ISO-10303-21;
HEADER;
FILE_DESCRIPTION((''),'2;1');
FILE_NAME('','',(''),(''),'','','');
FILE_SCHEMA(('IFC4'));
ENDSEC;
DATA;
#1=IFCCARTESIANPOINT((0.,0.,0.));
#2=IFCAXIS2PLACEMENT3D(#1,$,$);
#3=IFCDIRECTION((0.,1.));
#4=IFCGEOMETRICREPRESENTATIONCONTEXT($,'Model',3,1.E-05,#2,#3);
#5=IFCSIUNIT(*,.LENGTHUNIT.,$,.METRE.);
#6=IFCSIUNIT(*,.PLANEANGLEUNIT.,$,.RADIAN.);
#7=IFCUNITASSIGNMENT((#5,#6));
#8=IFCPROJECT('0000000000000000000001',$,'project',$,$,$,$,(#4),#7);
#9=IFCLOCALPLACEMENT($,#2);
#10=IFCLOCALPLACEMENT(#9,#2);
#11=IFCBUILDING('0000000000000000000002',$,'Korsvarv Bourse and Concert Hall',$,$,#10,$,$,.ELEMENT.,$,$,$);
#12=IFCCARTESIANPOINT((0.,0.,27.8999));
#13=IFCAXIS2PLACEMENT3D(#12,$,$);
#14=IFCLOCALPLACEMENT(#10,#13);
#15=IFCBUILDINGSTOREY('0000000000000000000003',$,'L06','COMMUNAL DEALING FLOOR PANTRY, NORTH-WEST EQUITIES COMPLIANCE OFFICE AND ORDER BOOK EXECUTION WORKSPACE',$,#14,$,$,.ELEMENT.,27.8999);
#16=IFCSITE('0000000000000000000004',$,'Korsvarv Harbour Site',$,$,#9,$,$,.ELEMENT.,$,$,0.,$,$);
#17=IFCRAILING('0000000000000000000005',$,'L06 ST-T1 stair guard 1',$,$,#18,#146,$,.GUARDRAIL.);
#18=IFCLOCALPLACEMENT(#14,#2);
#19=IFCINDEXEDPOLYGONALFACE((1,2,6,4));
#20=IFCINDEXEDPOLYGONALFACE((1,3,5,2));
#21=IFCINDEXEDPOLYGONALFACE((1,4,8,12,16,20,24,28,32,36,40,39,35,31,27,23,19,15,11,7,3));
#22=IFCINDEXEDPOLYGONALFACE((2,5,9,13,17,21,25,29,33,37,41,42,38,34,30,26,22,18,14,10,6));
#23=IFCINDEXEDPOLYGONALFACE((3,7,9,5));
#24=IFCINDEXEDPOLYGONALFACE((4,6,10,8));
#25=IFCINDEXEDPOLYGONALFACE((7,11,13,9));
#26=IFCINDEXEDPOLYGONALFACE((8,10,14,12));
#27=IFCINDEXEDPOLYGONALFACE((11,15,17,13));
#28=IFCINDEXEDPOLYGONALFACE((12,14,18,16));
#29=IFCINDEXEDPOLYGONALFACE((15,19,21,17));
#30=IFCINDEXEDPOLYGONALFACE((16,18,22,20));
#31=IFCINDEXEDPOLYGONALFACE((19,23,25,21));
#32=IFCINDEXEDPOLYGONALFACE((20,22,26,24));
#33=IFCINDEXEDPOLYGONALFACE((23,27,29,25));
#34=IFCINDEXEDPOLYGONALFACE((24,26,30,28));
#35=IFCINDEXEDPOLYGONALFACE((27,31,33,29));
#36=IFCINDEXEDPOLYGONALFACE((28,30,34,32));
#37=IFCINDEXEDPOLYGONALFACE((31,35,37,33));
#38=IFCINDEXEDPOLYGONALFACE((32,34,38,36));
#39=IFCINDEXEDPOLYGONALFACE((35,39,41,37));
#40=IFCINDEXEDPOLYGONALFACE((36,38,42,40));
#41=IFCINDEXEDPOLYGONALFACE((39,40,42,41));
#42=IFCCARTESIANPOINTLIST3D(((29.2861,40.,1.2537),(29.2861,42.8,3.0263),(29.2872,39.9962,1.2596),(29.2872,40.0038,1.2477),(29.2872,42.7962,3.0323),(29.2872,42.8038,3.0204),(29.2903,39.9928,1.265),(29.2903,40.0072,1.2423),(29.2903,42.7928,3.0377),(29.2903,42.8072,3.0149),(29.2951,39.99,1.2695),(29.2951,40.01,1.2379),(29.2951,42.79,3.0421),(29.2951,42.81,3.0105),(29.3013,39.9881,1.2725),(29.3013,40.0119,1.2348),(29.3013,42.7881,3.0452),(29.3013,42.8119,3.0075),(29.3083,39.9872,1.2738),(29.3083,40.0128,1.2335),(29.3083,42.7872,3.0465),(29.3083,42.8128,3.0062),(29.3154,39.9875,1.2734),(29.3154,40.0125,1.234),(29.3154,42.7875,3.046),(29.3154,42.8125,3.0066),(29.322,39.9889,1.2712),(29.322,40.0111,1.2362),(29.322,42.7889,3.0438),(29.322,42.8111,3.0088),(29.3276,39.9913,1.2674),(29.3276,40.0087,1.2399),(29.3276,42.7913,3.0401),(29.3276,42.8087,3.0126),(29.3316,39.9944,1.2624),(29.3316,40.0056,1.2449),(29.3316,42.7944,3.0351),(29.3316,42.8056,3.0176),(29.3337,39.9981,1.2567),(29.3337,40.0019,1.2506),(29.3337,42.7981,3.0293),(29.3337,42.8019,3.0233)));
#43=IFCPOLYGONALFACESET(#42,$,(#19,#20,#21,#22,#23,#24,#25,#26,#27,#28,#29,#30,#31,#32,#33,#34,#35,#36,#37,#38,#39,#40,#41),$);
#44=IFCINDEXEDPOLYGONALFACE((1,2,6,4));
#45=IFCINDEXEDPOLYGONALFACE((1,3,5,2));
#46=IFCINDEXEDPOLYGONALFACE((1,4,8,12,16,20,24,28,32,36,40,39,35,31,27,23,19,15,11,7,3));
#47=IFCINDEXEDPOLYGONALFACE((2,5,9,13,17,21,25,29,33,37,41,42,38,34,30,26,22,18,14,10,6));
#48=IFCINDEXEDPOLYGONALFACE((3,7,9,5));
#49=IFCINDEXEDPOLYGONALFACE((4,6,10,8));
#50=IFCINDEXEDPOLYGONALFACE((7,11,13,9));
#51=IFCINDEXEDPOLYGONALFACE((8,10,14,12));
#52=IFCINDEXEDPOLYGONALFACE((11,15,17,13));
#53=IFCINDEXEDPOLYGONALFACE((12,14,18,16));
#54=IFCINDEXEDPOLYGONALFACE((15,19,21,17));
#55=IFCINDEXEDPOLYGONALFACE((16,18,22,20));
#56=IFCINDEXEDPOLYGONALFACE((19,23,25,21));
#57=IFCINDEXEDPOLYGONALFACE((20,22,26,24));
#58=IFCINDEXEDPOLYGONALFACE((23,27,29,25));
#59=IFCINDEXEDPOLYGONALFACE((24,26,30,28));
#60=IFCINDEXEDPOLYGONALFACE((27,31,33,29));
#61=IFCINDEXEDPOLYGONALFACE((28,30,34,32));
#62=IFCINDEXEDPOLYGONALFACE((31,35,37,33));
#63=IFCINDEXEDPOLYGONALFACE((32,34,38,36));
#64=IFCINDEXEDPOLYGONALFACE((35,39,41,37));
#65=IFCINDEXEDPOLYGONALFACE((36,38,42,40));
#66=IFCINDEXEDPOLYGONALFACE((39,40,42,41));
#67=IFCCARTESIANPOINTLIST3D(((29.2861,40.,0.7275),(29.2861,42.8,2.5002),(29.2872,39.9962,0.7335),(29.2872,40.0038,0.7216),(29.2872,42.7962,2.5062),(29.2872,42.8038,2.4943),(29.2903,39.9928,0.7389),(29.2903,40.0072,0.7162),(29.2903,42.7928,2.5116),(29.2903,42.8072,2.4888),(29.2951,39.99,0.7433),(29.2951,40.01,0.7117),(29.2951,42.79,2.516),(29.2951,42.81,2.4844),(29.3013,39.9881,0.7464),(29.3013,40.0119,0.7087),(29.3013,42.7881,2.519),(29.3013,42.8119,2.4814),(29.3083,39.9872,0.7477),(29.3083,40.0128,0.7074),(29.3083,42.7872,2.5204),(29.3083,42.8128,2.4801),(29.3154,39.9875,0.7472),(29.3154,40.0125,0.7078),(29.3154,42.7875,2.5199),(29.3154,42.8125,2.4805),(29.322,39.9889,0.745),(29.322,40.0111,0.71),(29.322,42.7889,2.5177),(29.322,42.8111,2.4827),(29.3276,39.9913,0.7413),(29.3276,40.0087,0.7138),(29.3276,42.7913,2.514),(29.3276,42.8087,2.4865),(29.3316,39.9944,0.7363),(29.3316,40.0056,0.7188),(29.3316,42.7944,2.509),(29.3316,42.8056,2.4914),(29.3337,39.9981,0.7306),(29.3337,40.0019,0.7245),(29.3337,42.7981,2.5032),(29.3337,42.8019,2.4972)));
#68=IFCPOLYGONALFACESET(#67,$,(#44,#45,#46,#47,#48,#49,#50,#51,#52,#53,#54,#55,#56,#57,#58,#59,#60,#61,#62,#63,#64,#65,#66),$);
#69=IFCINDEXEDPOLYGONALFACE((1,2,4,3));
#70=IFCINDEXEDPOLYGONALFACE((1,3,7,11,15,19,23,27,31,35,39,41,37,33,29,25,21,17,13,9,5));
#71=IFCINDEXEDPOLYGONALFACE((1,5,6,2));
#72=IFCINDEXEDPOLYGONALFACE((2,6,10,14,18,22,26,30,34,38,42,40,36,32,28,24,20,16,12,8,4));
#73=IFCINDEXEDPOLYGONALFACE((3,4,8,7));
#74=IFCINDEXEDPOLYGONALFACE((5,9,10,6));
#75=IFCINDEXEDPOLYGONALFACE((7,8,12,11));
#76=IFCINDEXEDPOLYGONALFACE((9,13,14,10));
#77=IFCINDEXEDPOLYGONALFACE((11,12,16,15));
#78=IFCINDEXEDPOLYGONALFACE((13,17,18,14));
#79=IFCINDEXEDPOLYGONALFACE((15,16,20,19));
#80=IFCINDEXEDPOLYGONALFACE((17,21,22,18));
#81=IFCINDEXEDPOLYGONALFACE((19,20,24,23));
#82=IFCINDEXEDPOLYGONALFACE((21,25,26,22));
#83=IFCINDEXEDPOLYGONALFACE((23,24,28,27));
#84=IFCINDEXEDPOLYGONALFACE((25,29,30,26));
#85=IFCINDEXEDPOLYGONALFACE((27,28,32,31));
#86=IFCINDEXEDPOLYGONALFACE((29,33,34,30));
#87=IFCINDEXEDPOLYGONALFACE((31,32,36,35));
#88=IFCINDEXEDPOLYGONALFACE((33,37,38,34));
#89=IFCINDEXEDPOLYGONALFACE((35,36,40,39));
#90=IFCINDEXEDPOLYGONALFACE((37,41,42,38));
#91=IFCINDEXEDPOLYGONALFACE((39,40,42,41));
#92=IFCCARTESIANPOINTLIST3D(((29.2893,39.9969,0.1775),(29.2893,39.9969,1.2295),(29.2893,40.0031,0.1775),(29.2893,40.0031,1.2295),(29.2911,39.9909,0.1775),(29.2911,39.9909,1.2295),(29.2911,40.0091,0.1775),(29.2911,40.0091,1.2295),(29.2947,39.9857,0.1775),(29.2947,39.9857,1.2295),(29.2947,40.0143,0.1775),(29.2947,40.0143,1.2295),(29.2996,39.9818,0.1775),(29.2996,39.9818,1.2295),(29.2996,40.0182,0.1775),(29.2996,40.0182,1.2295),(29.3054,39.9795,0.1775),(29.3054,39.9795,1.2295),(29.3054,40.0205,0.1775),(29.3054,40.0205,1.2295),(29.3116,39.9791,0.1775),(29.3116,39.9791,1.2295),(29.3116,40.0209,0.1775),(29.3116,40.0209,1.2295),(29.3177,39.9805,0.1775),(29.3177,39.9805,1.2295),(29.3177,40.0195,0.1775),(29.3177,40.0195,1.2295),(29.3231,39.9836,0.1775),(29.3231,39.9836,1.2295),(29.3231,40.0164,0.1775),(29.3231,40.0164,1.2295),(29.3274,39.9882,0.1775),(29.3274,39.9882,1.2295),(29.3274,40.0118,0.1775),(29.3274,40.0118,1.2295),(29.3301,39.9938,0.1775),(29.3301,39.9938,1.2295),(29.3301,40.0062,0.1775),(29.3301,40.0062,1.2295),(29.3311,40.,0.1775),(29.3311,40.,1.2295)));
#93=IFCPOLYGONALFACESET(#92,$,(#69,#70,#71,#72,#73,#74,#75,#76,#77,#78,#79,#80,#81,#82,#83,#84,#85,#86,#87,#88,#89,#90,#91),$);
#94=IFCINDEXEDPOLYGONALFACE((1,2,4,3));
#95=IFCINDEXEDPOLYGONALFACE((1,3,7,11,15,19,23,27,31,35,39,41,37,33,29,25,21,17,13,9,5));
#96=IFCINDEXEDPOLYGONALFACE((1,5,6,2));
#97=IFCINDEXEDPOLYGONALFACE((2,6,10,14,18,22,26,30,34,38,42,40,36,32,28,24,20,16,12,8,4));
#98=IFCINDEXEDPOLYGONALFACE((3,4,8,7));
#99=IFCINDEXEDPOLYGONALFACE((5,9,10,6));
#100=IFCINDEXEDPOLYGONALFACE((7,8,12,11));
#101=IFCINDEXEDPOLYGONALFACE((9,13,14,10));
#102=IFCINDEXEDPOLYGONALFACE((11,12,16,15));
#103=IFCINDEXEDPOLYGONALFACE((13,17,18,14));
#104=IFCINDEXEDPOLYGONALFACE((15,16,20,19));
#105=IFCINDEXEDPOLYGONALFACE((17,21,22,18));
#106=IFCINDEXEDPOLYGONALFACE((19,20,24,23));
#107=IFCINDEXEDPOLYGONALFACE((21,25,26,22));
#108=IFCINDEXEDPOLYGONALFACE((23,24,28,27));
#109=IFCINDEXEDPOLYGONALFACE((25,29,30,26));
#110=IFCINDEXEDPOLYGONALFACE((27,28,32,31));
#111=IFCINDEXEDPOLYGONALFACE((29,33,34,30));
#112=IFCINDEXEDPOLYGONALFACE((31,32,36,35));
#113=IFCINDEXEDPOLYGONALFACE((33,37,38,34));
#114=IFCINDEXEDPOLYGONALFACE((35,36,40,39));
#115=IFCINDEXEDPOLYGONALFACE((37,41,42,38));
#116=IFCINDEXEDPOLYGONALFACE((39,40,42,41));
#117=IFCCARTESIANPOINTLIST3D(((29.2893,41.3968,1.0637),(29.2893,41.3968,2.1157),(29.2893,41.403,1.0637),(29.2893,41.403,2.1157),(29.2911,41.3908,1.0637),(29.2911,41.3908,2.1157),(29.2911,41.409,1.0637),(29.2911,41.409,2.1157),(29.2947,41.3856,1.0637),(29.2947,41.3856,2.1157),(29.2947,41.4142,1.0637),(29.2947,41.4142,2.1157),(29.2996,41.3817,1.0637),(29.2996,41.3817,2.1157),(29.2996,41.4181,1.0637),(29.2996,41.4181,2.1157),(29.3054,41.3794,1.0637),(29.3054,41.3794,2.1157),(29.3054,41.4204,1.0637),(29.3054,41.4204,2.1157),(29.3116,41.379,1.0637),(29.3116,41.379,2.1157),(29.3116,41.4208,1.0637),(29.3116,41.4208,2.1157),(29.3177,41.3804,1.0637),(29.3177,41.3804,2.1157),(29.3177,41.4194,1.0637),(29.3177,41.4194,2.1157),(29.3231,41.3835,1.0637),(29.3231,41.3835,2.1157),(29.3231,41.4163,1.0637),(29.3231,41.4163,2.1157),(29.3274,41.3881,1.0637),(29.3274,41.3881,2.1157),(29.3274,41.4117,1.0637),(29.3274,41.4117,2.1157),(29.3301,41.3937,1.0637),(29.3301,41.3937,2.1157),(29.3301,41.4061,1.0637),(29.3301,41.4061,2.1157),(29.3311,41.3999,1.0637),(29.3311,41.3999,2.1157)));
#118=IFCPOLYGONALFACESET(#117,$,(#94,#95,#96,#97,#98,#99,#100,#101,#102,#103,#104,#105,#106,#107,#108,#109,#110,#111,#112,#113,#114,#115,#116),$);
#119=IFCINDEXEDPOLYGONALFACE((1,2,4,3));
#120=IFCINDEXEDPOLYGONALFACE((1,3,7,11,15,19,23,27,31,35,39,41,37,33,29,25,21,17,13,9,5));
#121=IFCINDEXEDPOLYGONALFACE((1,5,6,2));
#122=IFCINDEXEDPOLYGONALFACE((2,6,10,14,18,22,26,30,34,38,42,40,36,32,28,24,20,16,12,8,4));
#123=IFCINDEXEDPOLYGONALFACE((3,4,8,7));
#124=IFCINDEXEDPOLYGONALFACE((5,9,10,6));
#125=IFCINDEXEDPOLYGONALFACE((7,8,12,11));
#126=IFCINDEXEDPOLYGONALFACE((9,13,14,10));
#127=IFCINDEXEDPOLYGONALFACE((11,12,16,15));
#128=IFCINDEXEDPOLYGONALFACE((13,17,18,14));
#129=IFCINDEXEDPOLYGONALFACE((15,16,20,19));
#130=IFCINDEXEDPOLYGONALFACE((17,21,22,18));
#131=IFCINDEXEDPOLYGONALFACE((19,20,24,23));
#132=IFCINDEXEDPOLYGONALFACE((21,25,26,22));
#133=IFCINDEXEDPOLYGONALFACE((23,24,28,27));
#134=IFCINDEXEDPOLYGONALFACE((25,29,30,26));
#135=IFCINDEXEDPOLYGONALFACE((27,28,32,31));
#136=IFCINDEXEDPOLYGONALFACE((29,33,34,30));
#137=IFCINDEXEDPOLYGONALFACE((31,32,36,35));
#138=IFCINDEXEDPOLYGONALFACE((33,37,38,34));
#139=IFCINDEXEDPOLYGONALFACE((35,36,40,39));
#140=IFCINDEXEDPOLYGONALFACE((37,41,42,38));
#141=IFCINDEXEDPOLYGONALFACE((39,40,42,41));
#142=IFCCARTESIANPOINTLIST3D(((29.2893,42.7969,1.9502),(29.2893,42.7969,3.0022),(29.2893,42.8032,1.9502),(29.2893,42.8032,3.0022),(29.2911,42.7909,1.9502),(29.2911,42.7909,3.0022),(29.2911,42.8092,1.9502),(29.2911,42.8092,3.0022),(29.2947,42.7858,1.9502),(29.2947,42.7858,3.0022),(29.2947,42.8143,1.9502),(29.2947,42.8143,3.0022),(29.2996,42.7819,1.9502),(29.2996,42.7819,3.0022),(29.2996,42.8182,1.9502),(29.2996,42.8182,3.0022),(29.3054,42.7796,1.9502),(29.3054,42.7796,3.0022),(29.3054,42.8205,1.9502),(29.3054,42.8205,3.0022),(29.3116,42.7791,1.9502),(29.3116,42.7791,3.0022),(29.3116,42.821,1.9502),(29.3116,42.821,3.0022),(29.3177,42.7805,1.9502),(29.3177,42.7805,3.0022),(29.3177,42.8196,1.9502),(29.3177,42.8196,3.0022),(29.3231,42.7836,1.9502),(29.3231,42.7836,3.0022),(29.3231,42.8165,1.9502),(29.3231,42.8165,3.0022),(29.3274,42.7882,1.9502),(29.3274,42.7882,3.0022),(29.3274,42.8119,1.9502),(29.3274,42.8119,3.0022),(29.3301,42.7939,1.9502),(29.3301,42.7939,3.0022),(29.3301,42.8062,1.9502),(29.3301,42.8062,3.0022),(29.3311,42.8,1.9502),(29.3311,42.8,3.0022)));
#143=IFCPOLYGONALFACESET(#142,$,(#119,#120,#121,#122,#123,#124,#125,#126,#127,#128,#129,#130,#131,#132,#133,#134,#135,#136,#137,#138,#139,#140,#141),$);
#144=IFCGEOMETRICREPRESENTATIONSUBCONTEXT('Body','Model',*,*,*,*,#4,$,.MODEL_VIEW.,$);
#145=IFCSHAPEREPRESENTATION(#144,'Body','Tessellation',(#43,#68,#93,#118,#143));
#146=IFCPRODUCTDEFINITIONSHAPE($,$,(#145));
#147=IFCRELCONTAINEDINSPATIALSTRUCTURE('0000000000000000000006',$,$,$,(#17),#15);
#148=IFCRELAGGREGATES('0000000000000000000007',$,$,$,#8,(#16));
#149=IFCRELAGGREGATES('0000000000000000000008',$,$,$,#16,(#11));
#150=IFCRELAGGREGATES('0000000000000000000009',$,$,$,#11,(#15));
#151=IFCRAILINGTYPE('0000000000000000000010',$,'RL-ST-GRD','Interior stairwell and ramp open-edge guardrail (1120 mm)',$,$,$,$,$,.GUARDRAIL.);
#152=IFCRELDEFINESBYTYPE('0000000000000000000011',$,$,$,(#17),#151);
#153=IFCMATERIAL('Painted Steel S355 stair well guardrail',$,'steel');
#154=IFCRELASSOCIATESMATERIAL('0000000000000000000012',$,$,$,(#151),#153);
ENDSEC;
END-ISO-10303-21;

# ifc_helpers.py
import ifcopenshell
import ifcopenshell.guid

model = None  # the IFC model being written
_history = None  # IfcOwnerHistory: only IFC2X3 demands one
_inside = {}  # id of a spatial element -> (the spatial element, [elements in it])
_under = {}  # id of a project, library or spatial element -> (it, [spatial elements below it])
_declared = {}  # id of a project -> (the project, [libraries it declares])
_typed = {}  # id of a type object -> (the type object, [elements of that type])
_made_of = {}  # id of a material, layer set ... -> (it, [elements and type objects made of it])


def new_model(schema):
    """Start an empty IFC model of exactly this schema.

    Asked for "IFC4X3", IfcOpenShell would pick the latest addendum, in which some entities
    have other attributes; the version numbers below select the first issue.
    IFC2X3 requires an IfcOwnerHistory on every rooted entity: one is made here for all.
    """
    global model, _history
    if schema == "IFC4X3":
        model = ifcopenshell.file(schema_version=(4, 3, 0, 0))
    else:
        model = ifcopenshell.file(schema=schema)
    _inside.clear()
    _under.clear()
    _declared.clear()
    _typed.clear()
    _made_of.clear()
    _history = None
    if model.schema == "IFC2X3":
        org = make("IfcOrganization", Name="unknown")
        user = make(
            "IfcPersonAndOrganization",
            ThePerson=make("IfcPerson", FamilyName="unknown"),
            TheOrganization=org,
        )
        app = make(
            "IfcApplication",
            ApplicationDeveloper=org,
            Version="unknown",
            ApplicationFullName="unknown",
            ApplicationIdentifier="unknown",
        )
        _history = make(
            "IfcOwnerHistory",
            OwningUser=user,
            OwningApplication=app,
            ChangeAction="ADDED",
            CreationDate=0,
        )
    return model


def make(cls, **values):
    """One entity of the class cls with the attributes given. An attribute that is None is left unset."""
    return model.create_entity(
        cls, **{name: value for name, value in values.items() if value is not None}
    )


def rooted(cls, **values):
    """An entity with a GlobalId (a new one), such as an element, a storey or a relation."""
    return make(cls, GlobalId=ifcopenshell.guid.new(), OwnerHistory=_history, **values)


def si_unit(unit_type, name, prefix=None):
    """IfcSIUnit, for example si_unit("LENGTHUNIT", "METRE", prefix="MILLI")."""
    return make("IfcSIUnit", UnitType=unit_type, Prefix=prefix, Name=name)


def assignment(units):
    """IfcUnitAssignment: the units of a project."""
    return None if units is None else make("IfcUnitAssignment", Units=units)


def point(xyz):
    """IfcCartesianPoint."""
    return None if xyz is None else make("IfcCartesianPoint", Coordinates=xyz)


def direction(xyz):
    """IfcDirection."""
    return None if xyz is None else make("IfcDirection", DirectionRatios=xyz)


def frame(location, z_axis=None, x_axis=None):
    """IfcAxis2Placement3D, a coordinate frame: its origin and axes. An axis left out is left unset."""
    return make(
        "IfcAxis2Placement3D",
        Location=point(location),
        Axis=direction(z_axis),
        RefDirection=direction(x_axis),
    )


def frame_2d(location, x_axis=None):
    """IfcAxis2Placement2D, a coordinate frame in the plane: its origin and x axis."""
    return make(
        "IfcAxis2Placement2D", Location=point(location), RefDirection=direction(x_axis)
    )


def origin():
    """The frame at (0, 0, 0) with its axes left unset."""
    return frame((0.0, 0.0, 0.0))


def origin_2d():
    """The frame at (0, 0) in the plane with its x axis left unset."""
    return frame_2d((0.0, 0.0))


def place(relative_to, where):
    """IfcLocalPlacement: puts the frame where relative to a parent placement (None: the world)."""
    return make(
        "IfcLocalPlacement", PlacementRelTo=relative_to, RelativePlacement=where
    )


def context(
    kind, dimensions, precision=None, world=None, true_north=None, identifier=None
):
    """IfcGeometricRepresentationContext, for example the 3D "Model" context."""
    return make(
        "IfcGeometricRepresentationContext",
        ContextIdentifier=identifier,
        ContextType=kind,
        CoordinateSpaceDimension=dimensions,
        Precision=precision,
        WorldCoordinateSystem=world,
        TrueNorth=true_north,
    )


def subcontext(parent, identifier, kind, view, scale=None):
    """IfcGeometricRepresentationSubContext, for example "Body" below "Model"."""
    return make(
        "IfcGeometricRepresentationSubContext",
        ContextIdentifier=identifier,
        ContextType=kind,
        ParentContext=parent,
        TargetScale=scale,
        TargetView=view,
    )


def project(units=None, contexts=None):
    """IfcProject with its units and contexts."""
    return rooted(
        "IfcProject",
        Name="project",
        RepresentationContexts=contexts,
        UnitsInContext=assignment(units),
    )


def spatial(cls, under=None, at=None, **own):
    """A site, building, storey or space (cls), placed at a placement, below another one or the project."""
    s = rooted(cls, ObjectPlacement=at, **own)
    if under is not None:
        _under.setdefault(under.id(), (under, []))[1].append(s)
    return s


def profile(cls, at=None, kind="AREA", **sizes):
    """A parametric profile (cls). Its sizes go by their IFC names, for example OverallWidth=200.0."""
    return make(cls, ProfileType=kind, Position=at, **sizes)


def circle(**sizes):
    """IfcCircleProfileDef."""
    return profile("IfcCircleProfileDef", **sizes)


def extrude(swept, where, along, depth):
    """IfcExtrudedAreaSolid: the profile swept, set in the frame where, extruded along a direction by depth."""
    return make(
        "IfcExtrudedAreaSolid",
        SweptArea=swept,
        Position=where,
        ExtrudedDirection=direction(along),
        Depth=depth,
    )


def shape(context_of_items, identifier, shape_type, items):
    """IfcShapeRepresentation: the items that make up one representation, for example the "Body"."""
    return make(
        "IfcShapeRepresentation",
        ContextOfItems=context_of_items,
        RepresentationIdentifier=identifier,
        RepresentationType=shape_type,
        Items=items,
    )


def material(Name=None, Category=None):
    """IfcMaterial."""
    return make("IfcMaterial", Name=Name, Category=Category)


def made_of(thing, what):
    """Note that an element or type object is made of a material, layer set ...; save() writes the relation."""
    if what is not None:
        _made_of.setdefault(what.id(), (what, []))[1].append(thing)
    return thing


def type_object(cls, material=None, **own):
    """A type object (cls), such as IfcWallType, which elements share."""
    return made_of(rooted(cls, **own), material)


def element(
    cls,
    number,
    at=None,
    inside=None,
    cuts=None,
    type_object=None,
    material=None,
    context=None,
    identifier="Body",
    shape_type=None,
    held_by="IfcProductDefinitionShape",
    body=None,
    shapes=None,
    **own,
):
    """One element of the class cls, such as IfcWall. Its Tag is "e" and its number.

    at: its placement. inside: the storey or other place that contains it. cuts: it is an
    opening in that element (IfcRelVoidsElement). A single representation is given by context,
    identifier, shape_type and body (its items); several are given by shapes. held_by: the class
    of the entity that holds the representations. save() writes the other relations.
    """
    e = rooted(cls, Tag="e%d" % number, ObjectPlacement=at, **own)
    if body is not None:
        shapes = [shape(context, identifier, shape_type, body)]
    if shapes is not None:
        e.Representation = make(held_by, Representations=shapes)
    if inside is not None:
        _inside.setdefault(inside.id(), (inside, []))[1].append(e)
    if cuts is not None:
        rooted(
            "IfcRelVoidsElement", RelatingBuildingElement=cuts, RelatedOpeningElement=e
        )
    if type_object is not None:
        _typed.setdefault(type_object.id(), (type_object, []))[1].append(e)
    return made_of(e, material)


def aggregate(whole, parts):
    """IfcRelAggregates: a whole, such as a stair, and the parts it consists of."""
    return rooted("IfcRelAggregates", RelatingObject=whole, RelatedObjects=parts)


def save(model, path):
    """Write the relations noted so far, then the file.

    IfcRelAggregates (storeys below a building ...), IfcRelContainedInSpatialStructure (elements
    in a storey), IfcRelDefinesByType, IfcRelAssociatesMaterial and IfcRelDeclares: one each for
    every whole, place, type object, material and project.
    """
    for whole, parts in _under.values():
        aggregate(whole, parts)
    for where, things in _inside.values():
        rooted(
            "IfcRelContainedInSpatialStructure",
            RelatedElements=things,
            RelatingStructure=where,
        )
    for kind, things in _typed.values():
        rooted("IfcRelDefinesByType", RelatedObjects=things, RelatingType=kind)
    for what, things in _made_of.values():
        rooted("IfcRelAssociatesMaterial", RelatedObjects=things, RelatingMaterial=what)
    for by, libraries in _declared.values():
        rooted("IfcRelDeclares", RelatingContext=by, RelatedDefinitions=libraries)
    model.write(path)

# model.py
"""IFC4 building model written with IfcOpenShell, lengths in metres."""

from ifc_helpers import new_model, si_unit, direction, frame, origin, origin_2d, place, context, subcontext, project, spatial, circle, extrude, material, type_object, element, save


model = new_model("IFC4")

# Units and contexts
model_context = context("Model", 3, precision=1e-05, world=origin(), true_north=direction((0.0, 1.0)))
body_context = subcontext(model_context, "Body", "Model", "MODEL_VIEW")
ifc_project = project(units=[si_unit("LENGTHUNIT", "METRE"), si_unit("PLANEANGLEUNIT", "RADIAN")], contexts=[model_context])

# Site, building, storey
site_placement = place(None, origin())
site = spatial("IfcSite", under=ifc_project, at=site_placement, Name="Korsvarv Harbour Site", CompositionType="ELEMENT", RefElevation=0.0)
building_placement = place(site_placement, origin())
building = spatial("IfcBuilding", under=site, at=building_placement, Name="Korsvarv Bourse and Concert Hall", CompositionType="ELEMENT")
storey_placement = place(building_placement, frame((0.0, 0.0, 27.8999)))
storey = spatial("IfcBuildingStorey", under=building, at=storey_placement, Name="L06", Description="COMMUNAL DEALING FLOOR PANTRY, NORTH-WEST EQUITIES COMPLIANCE OFFICE AND ORDER BOOK EXECUTION WORKSPACE", CompositionType="ELEMENT", Elevation=27.8999)

# Railing
ifc_material_1 = material(Name="Painted Steel S355 stair well guardrail", Category="steel")
railing_type_1 = type_object("IfcRailingType", Name="RL-ST-GRD", Description="Interior stairwell and ramp open-edge guardrail (1120 mm)", PredefinedType="GUARDRAIL", material=ifc_material_1)
railing_1_placement = place(storey_placement, frame((29.3101, 40.0, 0.1775)))
element("IfcRailing", 1, at=railing_1_placement, inside=storey, type_object=railing_type_1, Name="L06 ST-T1 stair guard 1", PredefinedType="GUARDRAIL", context=body_context, shape_type="SweptSolid", body=[
    extrude(circle(Radius=0.0239, at=origin_2d()), frame((0.0, 0.0, 1.0762), z_axis=(0.0, 0.844909, 0.53491), x_axis=(-1.0, 0.0, 0.0)), (0.0, 0.0, 1.0), 3.314),
    extrude(circle(Radius=0.0239, at=origin_2d()), frame((0.0, 0.0, 0.55), z_axis=(0.0, 0.844909, 0.53491), x_axis=(-1.0, 0.0, 0.0)), (0.0, 0.0, 1.0), 3.314),
    extrude(circle(Radius=0.021, at=origin_2d()), origin(), (0.0, 0.0, 1.0), 1.052),
    extrude(circle(Radius=0.021, at=origin_2d()), frame((0.0, 1.3999, 0.8862)), (0.0, 0.0, 1.0), 1.052),
    extrude(circle(Radius=0.021, at=origin_2d()), frame((0.0, 2.8, 1.7727)), (0.0, 0.0, 1.0), 1.052),
])

save(model, "model.ifc")
